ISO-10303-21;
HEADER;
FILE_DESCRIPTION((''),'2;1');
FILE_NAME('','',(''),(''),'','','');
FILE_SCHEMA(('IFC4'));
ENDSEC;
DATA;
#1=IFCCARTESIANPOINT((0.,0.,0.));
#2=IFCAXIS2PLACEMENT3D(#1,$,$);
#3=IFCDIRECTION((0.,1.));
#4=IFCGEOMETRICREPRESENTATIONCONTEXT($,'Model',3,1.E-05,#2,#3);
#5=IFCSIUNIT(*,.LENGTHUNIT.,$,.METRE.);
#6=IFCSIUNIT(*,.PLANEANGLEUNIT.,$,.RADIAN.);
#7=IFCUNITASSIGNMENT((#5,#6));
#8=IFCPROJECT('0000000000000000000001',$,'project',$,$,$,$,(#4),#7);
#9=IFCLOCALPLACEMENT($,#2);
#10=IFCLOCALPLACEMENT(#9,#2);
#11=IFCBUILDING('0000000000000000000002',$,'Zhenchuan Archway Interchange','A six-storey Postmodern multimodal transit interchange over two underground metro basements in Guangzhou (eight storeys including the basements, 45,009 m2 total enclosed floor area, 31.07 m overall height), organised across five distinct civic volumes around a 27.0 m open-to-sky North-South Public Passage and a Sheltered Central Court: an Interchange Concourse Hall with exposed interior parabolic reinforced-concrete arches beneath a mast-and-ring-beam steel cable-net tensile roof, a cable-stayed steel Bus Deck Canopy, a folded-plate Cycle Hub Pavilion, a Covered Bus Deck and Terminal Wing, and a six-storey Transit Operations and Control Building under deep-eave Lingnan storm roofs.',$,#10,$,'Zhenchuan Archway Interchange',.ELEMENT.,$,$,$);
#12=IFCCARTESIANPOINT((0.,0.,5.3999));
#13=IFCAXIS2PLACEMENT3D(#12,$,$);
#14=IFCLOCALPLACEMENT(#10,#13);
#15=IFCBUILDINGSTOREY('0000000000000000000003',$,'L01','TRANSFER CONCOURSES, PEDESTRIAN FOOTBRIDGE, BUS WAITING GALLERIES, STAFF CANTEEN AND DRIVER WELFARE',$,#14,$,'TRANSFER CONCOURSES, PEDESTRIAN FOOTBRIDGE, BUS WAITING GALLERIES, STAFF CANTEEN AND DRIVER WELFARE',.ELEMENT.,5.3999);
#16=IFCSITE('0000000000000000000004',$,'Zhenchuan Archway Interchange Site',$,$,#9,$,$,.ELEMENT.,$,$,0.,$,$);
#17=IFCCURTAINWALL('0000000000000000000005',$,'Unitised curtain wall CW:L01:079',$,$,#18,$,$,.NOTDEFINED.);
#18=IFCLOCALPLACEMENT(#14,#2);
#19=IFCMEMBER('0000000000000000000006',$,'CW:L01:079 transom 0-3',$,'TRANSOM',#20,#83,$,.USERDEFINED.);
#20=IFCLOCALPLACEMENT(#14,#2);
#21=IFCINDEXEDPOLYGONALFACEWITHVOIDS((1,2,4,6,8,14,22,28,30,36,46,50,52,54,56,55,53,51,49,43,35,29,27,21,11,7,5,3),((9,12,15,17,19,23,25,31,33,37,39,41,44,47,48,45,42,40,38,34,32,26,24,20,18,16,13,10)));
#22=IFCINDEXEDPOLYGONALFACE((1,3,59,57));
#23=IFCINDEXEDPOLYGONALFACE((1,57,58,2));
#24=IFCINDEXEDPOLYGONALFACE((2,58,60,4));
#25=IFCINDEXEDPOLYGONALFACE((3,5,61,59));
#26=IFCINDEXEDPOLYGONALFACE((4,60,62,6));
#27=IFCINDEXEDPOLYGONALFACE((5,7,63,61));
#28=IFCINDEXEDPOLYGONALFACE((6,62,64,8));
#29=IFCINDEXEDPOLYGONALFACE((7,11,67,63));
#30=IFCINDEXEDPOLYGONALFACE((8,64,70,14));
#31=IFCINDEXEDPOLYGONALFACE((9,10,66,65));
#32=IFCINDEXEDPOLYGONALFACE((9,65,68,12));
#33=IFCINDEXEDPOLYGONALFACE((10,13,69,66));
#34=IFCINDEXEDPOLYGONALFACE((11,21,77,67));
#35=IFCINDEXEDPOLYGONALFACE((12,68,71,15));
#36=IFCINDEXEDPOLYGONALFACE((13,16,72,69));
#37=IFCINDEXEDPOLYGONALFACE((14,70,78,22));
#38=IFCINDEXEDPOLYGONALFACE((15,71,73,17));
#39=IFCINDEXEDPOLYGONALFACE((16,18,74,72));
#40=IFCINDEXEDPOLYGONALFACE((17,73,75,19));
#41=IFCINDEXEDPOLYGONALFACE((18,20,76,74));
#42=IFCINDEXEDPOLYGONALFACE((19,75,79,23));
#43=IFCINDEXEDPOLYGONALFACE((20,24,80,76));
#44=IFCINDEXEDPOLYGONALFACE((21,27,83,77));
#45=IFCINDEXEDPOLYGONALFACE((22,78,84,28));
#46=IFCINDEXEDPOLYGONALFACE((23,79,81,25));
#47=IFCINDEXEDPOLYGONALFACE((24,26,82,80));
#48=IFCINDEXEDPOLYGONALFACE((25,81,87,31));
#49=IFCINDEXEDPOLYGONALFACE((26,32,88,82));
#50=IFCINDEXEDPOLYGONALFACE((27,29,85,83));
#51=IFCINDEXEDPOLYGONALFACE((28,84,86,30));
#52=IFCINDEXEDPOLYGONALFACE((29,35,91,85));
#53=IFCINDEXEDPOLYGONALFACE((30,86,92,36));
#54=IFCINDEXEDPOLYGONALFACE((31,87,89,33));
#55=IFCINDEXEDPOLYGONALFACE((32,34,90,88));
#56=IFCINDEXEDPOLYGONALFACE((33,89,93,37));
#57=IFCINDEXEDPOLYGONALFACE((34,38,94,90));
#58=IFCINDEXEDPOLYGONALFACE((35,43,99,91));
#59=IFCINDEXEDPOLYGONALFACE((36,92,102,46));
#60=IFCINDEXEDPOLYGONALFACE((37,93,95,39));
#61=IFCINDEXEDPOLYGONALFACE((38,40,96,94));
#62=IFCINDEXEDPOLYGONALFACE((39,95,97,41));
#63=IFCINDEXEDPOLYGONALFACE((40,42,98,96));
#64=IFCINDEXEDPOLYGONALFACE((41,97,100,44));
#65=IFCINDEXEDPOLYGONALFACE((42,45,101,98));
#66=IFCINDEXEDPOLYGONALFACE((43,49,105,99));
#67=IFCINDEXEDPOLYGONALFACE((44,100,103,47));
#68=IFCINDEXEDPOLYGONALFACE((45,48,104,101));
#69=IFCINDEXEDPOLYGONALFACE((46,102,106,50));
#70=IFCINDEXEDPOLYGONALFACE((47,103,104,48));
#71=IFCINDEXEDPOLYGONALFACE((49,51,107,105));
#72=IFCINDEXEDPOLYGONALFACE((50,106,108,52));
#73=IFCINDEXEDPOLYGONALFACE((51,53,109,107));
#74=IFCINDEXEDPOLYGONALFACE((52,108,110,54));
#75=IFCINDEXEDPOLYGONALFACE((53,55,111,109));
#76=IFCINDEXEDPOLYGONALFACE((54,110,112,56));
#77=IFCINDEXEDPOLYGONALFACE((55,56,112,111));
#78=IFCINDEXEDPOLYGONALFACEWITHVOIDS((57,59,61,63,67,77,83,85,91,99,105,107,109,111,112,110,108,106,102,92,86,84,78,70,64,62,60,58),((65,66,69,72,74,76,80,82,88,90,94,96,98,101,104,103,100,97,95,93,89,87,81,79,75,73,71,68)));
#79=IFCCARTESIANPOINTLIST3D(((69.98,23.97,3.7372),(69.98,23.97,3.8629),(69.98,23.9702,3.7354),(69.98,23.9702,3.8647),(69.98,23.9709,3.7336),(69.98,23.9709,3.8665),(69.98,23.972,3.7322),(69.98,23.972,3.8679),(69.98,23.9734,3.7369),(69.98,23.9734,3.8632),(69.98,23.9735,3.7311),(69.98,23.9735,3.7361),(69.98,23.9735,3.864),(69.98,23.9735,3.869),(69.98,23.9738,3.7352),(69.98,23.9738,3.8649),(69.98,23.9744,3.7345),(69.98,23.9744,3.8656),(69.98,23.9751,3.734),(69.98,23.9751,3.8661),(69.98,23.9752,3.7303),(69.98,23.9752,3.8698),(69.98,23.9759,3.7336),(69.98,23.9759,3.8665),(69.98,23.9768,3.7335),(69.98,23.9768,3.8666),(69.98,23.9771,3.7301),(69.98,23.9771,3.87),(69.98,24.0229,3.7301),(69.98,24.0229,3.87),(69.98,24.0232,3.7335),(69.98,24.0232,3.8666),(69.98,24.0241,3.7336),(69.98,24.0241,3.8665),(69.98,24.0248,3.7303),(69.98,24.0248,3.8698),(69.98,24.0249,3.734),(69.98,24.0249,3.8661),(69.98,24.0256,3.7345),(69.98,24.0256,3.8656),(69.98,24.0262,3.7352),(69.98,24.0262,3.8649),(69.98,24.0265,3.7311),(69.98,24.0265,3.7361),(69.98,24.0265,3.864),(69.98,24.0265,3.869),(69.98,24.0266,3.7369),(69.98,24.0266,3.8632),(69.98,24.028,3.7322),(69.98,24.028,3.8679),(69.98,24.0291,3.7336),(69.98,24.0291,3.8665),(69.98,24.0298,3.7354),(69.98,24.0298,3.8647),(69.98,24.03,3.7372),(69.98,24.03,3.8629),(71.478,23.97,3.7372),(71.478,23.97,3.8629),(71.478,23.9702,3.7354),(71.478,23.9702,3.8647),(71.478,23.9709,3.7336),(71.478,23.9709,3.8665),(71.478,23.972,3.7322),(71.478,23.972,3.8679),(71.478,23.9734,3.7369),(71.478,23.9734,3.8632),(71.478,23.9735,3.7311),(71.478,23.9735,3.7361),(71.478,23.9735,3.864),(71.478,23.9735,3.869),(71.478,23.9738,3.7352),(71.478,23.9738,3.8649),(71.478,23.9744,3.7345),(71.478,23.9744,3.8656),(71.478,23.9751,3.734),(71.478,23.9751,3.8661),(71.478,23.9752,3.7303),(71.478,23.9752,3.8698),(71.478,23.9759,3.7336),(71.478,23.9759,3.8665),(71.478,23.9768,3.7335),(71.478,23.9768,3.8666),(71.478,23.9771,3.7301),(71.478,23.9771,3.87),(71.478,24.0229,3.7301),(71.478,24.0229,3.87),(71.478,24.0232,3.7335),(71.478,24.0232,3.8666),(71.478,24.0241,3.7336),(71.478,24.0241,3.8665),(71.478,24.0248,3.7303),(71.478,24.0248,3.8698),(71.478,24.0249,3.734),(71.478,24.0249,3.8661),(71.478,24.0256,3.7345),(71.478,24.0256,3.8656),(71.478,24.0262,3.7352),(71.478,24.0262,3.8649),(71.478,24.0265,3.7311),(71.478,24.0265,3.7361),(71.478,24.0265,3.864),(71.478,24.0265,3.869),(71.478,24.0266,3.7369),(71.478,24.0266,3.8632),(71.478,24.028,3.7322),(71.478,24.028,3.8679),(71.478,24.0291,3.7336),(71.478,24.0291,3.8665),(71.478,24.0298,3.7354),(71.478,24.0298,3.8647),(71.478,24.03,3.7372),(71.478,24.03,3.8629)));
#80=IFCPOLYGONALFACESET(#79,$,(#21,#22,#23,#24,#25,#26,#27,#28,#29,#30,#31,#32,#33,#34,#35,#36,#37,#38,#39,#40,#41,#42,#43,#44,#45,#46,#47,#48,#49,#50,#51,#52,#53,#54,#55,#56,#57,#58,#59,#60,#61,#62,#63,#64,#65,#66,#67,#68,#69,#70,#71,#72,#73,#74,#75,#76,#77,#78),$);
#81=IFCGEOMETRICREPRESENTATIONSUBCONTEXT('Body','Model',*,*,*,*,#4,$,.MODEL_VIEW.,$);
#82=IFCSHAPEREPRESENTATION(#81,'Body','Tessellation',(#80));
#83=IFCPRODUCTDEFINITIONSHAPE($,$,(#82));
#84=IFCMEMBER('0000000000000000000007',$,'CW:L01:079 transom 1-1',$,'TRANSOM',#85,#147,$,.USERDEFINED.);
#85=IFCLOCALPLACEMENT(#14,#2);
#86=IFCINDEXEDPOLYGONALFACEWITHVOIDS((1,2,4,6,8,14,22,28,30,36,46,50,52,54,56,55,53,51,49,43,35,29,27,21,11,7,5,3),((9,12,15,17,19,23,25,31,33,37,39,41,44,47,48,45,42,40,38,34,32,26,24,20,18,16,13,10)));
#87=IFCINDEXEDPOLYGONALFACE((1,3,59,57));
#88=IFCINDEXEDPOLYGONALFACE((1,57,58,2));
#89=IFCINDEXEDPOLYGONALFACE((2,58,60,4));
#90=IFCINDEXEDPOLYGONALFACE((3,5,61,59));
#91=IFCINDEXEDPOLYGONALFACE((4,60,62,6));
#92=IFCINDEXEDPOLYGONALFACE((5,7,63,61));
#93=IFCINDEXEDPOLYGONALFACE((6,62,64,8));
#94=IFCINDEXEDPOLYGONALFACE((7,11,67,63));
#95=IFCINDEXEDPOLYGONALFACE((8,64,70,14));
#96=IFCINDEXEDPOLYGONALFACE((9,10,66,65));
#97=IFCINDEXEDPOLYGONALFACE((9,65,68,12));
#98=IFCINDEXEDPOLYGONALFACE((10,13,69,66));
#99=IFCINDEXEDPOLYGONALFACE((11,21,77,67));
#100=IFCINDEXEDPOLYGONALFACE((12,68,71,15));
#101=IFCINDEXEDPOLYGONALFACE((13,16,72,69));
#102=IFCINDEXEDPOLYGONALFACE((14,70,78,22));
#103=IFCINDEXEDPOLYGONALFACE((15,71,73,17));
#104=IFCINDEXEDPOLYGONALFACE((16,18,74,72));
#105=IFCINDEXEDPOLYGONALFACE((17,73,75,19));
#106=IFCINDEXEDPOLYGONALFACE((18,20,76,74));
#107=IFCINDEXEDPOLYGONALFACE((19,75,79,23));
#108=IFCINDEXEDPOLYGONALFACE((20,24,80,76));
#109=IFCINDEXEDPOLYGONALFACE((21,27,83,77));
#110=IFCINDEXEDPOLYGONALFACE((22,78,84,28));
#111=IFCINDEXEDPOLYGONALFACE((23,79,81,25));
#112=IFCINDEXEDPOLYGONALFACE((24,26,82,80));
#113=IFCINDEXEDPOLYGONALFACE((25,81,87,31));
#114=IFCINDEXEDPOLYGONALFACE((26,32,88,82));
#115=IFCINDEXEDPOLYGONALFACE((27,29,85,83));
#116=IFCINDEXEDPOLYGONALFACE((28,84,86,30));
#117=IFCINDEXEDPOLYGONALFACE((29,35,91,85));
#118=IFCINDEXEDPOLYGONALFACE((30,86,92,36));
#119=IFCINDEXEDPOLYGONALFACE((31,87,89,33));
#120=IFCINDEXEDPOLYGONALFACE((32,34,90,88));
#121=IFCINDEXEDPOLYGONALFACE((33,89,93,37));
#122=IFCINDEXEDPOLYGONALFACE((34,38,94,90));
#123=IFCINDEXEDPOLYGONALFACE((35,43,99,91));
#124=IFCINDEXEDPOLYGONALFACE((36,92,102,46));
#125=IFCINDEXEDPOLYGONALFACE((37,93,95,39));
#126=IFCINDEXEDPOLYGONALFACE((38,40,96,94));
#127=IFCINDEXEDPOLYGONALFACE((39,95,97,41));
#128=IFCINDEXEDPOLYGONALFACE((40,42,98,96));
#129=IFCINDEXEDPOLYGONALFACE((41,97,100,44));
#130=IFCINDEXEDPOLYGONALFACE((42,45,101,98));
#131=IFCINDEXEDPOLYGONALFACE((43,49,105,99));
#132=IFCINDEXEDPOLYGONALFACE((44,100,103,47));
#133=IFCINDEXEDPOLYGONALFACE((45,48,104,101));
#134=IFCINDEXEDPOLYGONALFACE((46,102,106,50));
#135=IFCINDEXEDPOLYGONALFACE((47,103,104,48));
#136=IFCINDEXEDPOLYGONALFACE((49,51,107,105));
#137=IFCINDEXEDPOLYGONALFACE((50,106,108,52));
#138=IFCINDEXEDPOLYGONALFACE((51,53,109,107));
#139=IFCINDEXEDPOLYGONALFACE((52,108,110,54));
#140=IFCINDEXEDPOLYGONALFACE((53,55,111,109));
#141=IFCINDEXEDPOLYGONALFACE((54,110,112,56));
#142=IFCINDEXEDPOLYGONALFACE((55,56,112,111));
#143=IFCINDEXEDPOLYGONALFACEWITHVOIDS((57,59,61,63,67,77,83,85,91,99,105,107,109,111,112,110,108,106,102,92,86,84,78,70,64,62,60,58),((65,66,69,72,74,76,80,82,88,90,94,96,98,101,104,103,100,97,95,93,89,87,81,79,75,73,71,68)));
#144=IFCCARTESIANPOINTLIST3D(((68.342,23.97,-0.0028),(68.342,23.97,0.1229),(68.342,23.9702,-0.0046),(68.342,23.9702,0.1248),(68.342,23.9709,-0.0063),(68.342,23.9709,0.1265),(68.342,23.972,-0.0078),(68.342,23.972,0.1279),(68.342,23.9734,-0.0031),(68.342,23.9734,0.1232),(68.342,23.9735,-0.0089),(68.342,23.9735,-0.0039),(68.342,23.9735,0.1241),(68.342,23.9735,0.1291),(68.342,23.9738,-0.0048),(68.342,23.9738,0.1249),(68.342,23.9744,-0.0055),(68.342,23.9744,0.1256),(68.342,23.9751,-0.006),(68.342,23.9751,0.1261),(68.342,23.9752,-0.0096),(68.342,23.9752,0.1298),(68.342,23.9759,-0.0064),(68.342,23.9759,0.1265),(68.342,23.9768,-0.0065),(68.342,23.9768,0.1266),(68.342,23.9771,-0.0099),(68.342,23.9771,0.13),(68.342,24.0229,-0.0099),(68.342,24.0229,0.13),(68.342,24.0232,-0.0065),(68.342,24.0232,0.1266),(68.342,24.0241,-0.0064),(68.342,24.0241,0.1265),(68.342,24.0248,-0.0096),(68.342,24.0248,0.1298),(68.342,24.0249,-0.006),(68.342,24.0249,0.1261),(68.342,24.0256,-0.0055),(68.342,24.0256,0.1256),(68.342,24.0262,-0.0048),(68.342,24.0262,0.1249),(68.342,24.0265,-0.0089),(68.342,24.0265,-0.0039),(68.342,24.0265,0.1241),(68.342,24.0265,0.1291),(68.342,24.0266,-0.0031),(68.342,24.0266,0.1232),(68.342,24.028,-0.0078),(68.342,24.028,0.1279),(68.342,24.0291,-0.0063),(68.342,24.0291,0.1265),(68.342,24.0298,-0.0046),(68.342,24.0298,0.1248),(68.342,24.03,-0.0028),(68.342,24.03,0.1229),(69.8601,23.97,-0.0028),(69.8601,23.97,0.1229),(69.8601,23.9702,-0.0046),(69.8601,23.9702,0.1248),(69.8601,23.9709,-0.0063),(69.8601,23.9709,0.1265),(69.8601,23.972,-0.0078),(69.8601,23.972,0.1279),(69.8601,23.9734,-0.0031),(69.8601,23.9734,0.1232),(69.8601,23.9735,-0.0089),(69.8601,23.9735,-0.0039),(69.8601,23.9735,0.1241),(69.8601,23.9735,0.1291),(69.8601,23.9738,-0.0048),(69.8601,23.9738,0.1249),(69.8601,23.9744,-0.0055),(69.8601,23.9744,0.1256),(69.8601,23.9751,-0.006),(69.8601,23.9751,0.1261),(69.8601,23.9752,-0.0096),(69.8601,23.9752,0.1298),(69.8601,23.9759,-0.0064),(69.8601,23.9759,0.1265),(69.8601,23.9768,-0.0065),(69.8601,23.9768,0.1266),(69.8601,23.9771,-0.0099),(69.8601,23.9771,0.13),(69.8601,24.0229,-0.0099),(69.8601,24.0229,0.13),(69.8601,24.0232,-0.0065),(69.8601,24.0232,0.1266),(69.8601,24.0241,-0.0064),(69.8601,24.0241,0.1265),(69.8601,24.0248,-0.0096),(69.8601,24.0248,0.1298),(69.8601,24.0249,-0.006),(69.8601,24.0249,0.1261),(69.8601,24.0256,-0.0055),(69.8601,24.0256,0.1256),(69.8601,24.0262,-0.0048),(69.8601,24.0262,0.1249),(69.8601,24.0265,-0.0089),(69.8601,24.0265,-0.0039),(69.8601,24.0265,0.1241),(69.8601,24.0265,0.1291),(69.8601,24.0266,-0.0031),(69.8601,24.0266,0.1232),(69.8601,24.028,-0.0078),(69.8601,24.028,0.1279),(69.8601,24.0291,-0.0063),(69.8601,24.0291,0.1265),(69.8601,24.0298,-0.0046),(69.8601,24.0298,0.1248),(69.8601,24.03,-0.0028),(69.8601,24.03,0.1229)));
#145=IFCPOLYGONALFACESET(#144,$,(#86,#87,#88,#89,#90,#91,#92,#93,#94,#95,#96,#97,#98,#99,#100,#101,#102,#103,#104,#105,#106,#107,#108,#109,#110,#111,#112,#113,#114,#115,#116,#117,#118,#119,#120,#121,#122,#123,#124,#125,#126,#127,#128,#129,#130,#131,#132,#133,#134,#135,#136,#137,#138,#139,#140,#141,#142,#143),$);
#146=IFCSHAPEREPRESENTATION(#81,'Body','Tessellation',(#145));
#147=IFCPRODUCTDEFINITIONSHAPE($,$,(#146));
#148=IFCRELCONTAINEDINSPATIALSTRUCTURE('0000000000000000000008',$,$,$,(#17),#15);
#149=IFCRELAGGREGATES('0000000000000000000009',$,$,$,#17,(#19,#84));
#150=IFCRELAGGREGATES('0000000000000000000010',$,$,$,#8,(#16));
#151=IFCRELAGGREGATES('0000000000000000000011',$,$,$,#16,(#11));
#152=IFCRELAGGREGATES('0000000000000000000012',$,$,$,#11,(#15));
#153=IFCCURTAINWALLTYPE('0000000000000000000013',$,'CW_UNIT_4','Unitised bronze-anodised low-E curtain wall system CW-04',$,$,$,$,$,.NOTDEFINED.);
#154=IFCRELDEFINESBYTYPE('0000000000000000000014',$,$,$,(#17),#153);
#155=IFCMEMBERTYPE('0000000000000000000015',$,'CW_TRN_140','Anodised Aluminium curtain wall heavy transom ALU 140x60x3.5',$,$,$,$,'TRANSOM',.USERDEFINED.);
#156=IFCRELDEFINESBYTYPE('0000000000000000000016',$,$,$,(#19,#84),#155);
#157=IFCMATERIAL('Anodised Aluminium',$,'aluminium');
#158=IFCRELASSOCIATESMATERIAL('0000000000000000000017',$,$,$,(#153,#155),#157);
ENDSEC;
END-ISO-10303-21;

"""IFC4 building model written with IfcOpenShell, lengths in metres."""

from ifc_helpers import new_model, si_unit, direction, frame, origin, origin_2d, place, context, subcontext, project, spatial, hollow_rectangle, extrude, material, material_profile, profile_set, type_object, element, aggregate, save


model = new_model("IFC4")

# Units and contexts
model_context = context("Model", 3, precision=1e-05, world=origin(), true_north=direction((0.0, 1.0)))
body_context = subcontext(model_context, "Body", "Model", "MODEL_VIEW")
ifc_project = project(units=[si_unit("LENGTHUNIT", "METRE"), si_unit("PLANEANGLEUNIT", "RADIAN")], contexts=[model_context])

# Site, building, storey
site_placement = place(None, origin())
site = spatial("IfcSite", under=ifc_project, at=site_placement, Name="Zhenchuan Archway Interchange Site", CompositionType="ELEMENT", RefElevation=0.0)
building_placement = place(site_placement, origin())
building = spatial("IfcBuilding", under=site, at=building_placement, Name="Zhenchuan Archway Interchange", Description="A six-storey Postmodern multimodal transit interchange over two underground metro basements in Guangzhou (eight storeys including the basements, 45,009 m2 total enclosed floor area, 31.07 m overall height), organised across five distinct civic volumes around a 27.0 m open-to-sky North-South Public Passage and a Sheltered Central Court: an Interchange Concourse Hall with exposed interior parabolic reinforced-concrete arches beneath a mast-and-ring-beam steel cable-net tensile roof, a cable-stayed steel Bus Deck Canopy, a folded-plate Cycle Hub Pavilion, a Covered Bus Deck and Terminal Wing, and a six-storey Transit Operations and Control Building under deep-eave Lingnan storm roofs.", LongName="Zhenchuan Archway Interchange", CompositionType="ELEMENT")
storey_placement = place(building_placement, frame((0.0, 0.0, 5.3999)))
storey = spatial("IfcBuildingStorey", under=building, at=storey_placement, Name="L01", Description="TRANSFER CONCOURSES, PEDESTRIAN FOOTBRIDGE, BUS WAITING GALLERIES, STAFF CANTEEN AND DRIVER WELFARE", LongName="TRANSFER CONCOURSES, PEDESTRIAN FOOTBRIDGE, BUS WAITING GALLERIES, STAFF CANTEEN AND DRIVER WELFARE", CompositionType="ELEMENT", Elevation=5.3999)

# Curtain wall, members
ifc_material_1 = material(Name="Anodised Aluminium", Category="aluminium")
curtain_wall_type = type_object("IfcCurtainWallType", Name="CW_UNIT_4", Description="Unitised bronze-anodised low-E curtain wall system CW-04", PredefinedType="NOTDEFINED", material=ifc_material_1)
curtain_wall_placement = place(storey_placement, origin())
curtain_wall = element("IfcCurtainWall", 1, at=curtain_wall_placement, inside=storey, type_object=curtain_wall_type, Name="Unitised curtain wall CW:L01:079", PredefinedType="NOTDEFINED")
ifc_material_profile_1 = material_profile(ifc_material_1, hollow_rectangle(XDim=0.0601, YDim=0.1399, WallThickness=0.0034, InnerFilletRadius=0.0034, OuterFilletRadius=0.0071, at=origin_2d()), Name="ALU 140x60x3.5")
ifc_profile_set_1 = profile_set([ifc_material_profile_1], Name="Anodised Aluminium")
member_type_1 = type_object("IfcMemberType", Name="CW_TRN_140", Description="Anodised Aluminium curtain wall heavy transom ALU 140x60x3.5", ElementType="TRANSOM", PredefinedType="USERDEFINED", material=ifc_profile_set_1)
member_1_placement = place(storey_placement, frame((71.478, 24.0, 3.8), z_axis=(-1.0, 0.0, 0.0), x_axis=(0.0, -1.0, 0.0)))
member_1 = element("IfcMember", 2, at=member_1_placement, type_object=member_type_1, Name="CW:L01:079 transom 0-3", ObjectType="TRANSOM", PredefinedType="USERDEFINED", context=body_context, shape_type="SweptSolid", body=[
    extrude(hollow_rectangle(XDim=0.0601, YDim=0.1399, WallThickness=0.0034, InnerFilletRadius=0.0034, OuterFilletRadius=0.0071, at=origin_2d()), origin(), (0.0, 0.0, 1.0), 1.498),
])
member_2_placement = place(storey_placement, frame((69.8601, 24.0, 0.0601), z_axis=(-1.0, 0.0, 0.0), x_axis=(0.0, -1.0, 0.0)))
member_2 = element("IfcMember", 3, at=member_2_placement, type_object=member_type_1, Name="CW:L01:079 transom 1-1", ObjectType="TRANSOM", PredefinedType="USERDEFINED", context=body_context, shape_type="SweptSolid", body=[
    extrude(hollow_rectangle(XDim=0.0601, YDim=0.1399, WallThickness=0.0034, InnerFilletRadius=0.0034, OuterFilletRadius=0.0071, at=origin_2d()), origin(), (0.0, 0.0, 1.0), 1.5181),
])

aggregate(curtain_wall, [member_1, member_2])

save(model, "model.ifc")
